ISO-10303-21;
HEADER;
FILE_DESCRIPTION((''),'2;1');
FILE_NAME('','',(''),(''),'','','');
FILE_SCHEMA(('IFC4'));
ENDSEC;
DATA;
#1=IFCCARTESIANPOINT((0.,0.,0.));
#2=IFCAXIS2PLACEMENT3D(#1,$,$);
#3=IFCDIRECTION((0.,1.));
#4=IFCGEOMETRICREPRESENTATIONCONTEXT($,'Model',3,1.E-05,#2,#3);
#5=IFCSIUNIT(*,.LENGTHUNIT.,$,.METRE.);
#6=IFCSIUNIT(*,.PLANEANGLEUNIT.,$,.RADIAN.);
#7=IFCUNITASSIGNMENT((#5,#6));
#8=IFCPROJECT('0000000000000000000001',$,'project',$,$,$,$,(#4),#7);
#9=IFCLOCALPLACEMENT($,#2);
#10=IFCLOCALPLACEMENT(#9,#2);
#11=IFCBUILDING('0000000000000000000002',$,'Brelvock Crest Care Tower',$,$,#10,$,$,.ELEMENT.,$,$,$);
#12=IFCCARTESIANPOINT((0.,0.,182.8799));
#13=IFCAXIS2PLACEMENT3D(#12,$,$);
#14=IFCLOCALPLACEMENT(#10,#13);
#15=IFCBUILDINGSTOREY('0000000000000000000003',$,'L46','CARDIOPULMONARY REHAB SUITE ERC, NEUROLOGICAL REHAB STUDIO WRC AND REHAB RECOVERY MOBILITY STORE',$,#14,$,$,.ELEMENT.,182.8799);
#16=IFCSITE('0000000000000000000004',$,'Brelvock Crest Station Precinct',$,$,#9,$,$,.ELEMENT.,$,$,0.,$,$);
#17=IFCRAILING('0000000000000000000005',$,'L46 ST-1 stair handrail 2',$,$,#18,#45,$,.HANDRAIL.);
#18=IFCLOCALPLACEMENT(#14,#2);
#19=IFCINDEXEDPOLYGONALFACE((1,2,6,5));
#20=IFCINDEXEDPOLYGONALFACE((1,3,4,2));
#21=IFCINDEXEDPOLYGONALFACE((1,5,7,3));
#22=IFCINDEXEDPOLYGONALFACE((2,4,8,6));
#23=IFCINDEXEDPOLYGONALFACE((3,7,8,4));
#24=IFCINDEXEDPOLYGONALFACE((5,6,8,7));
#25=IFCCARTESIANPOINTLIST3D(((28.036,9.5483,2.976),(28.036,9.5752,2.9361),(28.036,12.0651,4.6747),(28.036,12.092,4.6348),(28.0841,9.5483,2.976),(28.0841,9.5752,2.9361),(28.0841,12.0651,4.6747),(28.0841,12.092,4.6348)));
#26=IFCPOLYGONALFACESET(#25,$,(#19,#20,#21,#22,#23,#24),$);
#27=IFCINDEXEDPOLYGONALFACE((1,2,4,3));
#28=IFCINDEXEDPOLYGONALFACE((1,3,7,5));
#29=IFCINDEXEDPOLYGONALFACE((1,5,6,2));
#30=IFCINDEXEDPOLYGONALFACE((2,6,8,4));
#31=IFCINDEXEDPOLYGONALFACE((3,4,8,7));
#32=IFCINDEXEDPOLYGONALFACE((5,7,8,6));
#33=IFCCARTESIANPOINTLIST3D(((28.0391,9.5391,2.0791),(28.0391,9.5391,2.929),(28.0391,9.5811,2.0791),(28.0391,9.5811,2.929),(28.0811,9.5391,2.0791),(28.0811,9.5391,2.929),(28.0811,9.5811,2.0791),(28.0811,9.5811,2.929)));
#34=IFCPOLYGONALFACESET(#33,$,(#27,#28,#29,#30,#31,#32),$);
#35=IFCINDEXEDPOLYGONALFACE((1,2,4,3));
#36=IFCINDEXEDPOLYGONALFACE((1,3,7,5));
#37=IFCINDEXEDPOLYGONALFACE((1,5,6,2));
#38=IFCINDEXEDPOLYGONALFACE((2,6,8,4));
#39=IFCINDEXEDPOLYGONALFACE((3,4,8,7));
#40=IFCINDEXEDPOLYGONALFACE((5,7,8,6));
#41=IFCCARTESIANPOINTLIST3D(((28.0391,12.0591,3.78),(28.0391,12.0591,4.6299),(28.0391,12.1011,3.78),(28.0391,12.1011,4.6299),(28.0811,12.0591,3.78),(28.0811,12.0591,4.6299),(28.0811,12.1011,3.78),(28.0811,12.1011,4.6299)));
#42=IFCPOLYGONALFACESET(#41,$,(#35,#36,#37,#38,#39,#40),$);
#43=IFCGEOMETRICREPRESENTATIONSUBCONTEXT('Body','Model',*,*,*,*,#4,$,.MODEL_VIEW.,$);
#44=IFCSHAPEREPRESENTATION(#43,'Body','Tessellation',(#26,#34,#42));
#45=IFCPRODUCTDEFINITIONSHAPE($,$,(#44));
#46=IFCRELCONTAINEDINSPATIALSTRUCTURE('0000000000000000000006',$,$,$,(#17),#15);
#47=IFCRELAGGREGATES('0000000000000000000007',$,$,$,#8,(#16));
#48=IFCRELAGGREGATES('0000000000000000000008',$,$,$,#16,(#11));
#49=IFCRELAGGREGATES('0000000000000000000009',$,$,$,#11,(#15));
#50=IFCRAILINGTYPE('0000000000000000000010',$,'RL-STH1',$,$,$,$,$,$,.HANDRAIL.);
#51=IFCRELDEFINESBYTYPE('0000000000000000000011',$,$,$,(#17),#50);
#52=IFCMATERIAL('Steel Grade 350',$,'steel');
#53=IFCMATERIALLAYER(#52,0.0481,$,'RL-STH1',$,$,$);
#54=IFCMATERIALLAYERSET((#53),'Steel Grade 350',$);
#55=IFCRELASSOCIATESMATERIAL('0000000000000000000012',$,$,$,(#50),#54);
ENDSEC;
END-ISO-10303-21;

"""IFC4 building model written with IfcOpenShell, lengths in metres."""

from ifc_helpers import new_model, si_unit, direction, frame, origin, origin_2d, place, context, subcontext, project, spatial, rectangle, extrude, material, layer, layer_set, type_object, element, save


model = new_model("IFC4")

# Units and contexts
model_context = context("Model", 3, precision=1e-05, world=origin(), true_north=direction((0.0, 1.0)))
body_context = subcontext(model_context, "Body", "Model", "MODEL_VIEW")
ifc_project = project(units=[si_unit("LENGTHUNIT", "METRE"), si_unit("PLANEANGLEUNIT", "RADIAN")], contexts=[model_context])

# Site, building, storey
site_placement = place(None, origin())
site = spatial("IfcSite", under=ifc_project, at=site_placement, Name="Brelvock Crest Station Precinct", CompositionType="ELEMENT", RefElevation=0.0)
building_placement = place(site_placement, origin())
building = spatial("IfcBuilding", under=site, at=building_placement, Name="Brelvock Crest Care Tower", CompositionType="ELEMENT")
storey_placement = place(building_placement, frame((0.0, 0.0, 182.8799)))
storey = spatial("IfcBuildingStorey", under=building, at=storey_placement, Name="L46", Description="CARDIOPULMONARY REHAB SUITE ERC, NEUROLOGICAL REHAB STUDIO WRC AND REHAB RECOVERY MOBILITY STORE", CompositionType="ELEMENT", Elevation=182.8799)

# Shared definitions
ifc_material_1 = material(Name="Steel Grade 350", Category="steel")

# Railing
ifc_layer_1 = layer(ifc_material_1, 0.0481, Name="RL-STH1")
ifc_layer_set_1 = layer_set([ifc_layer_1], Name="Steel Grade 350")
railing_type_1 = type_object("IfcRailingType", Name="RL-STH1", PredefinedType="HANDRAIL", material=ifc_layer_set_1)
railing_1_placement = place(storey_placement, frame((28.0601, 9.5601, 2.0791)))
element("IfcRailing", 1, at=railing_1_placement, inside=storey, type_object=railing_type_1, Name="L46 ST-1 stair handrail 2", PredefinedType="HANDRAIL", context=body_context, shape_type="SweptSolid", body=[
    extrude(rectangle(XDim=0.0481, YDim=0.0481, at=origin_2d()), frame((0.0, 0.0017, 0.877), z_axis=(0.0, 0.828862, 0.559454), x_axis=(-1.0, 0.0, 0.0)), (0.0, 0.0, 1.0), 3.0364),
    extrude(rectangle(XDim=0.042, YDim=0.042, at=origin_2d()), origin(), (0.0, 0.0, 1.0), 0.8499),
    extrude(rectangle(XDim=0.042, YDim=0.042, at=origin_2d()), frame((0.0, 2.52, 1.7009)), (0.0, 0.0, 1.0), 0.8499),
])

save(model, "model.ifc")
